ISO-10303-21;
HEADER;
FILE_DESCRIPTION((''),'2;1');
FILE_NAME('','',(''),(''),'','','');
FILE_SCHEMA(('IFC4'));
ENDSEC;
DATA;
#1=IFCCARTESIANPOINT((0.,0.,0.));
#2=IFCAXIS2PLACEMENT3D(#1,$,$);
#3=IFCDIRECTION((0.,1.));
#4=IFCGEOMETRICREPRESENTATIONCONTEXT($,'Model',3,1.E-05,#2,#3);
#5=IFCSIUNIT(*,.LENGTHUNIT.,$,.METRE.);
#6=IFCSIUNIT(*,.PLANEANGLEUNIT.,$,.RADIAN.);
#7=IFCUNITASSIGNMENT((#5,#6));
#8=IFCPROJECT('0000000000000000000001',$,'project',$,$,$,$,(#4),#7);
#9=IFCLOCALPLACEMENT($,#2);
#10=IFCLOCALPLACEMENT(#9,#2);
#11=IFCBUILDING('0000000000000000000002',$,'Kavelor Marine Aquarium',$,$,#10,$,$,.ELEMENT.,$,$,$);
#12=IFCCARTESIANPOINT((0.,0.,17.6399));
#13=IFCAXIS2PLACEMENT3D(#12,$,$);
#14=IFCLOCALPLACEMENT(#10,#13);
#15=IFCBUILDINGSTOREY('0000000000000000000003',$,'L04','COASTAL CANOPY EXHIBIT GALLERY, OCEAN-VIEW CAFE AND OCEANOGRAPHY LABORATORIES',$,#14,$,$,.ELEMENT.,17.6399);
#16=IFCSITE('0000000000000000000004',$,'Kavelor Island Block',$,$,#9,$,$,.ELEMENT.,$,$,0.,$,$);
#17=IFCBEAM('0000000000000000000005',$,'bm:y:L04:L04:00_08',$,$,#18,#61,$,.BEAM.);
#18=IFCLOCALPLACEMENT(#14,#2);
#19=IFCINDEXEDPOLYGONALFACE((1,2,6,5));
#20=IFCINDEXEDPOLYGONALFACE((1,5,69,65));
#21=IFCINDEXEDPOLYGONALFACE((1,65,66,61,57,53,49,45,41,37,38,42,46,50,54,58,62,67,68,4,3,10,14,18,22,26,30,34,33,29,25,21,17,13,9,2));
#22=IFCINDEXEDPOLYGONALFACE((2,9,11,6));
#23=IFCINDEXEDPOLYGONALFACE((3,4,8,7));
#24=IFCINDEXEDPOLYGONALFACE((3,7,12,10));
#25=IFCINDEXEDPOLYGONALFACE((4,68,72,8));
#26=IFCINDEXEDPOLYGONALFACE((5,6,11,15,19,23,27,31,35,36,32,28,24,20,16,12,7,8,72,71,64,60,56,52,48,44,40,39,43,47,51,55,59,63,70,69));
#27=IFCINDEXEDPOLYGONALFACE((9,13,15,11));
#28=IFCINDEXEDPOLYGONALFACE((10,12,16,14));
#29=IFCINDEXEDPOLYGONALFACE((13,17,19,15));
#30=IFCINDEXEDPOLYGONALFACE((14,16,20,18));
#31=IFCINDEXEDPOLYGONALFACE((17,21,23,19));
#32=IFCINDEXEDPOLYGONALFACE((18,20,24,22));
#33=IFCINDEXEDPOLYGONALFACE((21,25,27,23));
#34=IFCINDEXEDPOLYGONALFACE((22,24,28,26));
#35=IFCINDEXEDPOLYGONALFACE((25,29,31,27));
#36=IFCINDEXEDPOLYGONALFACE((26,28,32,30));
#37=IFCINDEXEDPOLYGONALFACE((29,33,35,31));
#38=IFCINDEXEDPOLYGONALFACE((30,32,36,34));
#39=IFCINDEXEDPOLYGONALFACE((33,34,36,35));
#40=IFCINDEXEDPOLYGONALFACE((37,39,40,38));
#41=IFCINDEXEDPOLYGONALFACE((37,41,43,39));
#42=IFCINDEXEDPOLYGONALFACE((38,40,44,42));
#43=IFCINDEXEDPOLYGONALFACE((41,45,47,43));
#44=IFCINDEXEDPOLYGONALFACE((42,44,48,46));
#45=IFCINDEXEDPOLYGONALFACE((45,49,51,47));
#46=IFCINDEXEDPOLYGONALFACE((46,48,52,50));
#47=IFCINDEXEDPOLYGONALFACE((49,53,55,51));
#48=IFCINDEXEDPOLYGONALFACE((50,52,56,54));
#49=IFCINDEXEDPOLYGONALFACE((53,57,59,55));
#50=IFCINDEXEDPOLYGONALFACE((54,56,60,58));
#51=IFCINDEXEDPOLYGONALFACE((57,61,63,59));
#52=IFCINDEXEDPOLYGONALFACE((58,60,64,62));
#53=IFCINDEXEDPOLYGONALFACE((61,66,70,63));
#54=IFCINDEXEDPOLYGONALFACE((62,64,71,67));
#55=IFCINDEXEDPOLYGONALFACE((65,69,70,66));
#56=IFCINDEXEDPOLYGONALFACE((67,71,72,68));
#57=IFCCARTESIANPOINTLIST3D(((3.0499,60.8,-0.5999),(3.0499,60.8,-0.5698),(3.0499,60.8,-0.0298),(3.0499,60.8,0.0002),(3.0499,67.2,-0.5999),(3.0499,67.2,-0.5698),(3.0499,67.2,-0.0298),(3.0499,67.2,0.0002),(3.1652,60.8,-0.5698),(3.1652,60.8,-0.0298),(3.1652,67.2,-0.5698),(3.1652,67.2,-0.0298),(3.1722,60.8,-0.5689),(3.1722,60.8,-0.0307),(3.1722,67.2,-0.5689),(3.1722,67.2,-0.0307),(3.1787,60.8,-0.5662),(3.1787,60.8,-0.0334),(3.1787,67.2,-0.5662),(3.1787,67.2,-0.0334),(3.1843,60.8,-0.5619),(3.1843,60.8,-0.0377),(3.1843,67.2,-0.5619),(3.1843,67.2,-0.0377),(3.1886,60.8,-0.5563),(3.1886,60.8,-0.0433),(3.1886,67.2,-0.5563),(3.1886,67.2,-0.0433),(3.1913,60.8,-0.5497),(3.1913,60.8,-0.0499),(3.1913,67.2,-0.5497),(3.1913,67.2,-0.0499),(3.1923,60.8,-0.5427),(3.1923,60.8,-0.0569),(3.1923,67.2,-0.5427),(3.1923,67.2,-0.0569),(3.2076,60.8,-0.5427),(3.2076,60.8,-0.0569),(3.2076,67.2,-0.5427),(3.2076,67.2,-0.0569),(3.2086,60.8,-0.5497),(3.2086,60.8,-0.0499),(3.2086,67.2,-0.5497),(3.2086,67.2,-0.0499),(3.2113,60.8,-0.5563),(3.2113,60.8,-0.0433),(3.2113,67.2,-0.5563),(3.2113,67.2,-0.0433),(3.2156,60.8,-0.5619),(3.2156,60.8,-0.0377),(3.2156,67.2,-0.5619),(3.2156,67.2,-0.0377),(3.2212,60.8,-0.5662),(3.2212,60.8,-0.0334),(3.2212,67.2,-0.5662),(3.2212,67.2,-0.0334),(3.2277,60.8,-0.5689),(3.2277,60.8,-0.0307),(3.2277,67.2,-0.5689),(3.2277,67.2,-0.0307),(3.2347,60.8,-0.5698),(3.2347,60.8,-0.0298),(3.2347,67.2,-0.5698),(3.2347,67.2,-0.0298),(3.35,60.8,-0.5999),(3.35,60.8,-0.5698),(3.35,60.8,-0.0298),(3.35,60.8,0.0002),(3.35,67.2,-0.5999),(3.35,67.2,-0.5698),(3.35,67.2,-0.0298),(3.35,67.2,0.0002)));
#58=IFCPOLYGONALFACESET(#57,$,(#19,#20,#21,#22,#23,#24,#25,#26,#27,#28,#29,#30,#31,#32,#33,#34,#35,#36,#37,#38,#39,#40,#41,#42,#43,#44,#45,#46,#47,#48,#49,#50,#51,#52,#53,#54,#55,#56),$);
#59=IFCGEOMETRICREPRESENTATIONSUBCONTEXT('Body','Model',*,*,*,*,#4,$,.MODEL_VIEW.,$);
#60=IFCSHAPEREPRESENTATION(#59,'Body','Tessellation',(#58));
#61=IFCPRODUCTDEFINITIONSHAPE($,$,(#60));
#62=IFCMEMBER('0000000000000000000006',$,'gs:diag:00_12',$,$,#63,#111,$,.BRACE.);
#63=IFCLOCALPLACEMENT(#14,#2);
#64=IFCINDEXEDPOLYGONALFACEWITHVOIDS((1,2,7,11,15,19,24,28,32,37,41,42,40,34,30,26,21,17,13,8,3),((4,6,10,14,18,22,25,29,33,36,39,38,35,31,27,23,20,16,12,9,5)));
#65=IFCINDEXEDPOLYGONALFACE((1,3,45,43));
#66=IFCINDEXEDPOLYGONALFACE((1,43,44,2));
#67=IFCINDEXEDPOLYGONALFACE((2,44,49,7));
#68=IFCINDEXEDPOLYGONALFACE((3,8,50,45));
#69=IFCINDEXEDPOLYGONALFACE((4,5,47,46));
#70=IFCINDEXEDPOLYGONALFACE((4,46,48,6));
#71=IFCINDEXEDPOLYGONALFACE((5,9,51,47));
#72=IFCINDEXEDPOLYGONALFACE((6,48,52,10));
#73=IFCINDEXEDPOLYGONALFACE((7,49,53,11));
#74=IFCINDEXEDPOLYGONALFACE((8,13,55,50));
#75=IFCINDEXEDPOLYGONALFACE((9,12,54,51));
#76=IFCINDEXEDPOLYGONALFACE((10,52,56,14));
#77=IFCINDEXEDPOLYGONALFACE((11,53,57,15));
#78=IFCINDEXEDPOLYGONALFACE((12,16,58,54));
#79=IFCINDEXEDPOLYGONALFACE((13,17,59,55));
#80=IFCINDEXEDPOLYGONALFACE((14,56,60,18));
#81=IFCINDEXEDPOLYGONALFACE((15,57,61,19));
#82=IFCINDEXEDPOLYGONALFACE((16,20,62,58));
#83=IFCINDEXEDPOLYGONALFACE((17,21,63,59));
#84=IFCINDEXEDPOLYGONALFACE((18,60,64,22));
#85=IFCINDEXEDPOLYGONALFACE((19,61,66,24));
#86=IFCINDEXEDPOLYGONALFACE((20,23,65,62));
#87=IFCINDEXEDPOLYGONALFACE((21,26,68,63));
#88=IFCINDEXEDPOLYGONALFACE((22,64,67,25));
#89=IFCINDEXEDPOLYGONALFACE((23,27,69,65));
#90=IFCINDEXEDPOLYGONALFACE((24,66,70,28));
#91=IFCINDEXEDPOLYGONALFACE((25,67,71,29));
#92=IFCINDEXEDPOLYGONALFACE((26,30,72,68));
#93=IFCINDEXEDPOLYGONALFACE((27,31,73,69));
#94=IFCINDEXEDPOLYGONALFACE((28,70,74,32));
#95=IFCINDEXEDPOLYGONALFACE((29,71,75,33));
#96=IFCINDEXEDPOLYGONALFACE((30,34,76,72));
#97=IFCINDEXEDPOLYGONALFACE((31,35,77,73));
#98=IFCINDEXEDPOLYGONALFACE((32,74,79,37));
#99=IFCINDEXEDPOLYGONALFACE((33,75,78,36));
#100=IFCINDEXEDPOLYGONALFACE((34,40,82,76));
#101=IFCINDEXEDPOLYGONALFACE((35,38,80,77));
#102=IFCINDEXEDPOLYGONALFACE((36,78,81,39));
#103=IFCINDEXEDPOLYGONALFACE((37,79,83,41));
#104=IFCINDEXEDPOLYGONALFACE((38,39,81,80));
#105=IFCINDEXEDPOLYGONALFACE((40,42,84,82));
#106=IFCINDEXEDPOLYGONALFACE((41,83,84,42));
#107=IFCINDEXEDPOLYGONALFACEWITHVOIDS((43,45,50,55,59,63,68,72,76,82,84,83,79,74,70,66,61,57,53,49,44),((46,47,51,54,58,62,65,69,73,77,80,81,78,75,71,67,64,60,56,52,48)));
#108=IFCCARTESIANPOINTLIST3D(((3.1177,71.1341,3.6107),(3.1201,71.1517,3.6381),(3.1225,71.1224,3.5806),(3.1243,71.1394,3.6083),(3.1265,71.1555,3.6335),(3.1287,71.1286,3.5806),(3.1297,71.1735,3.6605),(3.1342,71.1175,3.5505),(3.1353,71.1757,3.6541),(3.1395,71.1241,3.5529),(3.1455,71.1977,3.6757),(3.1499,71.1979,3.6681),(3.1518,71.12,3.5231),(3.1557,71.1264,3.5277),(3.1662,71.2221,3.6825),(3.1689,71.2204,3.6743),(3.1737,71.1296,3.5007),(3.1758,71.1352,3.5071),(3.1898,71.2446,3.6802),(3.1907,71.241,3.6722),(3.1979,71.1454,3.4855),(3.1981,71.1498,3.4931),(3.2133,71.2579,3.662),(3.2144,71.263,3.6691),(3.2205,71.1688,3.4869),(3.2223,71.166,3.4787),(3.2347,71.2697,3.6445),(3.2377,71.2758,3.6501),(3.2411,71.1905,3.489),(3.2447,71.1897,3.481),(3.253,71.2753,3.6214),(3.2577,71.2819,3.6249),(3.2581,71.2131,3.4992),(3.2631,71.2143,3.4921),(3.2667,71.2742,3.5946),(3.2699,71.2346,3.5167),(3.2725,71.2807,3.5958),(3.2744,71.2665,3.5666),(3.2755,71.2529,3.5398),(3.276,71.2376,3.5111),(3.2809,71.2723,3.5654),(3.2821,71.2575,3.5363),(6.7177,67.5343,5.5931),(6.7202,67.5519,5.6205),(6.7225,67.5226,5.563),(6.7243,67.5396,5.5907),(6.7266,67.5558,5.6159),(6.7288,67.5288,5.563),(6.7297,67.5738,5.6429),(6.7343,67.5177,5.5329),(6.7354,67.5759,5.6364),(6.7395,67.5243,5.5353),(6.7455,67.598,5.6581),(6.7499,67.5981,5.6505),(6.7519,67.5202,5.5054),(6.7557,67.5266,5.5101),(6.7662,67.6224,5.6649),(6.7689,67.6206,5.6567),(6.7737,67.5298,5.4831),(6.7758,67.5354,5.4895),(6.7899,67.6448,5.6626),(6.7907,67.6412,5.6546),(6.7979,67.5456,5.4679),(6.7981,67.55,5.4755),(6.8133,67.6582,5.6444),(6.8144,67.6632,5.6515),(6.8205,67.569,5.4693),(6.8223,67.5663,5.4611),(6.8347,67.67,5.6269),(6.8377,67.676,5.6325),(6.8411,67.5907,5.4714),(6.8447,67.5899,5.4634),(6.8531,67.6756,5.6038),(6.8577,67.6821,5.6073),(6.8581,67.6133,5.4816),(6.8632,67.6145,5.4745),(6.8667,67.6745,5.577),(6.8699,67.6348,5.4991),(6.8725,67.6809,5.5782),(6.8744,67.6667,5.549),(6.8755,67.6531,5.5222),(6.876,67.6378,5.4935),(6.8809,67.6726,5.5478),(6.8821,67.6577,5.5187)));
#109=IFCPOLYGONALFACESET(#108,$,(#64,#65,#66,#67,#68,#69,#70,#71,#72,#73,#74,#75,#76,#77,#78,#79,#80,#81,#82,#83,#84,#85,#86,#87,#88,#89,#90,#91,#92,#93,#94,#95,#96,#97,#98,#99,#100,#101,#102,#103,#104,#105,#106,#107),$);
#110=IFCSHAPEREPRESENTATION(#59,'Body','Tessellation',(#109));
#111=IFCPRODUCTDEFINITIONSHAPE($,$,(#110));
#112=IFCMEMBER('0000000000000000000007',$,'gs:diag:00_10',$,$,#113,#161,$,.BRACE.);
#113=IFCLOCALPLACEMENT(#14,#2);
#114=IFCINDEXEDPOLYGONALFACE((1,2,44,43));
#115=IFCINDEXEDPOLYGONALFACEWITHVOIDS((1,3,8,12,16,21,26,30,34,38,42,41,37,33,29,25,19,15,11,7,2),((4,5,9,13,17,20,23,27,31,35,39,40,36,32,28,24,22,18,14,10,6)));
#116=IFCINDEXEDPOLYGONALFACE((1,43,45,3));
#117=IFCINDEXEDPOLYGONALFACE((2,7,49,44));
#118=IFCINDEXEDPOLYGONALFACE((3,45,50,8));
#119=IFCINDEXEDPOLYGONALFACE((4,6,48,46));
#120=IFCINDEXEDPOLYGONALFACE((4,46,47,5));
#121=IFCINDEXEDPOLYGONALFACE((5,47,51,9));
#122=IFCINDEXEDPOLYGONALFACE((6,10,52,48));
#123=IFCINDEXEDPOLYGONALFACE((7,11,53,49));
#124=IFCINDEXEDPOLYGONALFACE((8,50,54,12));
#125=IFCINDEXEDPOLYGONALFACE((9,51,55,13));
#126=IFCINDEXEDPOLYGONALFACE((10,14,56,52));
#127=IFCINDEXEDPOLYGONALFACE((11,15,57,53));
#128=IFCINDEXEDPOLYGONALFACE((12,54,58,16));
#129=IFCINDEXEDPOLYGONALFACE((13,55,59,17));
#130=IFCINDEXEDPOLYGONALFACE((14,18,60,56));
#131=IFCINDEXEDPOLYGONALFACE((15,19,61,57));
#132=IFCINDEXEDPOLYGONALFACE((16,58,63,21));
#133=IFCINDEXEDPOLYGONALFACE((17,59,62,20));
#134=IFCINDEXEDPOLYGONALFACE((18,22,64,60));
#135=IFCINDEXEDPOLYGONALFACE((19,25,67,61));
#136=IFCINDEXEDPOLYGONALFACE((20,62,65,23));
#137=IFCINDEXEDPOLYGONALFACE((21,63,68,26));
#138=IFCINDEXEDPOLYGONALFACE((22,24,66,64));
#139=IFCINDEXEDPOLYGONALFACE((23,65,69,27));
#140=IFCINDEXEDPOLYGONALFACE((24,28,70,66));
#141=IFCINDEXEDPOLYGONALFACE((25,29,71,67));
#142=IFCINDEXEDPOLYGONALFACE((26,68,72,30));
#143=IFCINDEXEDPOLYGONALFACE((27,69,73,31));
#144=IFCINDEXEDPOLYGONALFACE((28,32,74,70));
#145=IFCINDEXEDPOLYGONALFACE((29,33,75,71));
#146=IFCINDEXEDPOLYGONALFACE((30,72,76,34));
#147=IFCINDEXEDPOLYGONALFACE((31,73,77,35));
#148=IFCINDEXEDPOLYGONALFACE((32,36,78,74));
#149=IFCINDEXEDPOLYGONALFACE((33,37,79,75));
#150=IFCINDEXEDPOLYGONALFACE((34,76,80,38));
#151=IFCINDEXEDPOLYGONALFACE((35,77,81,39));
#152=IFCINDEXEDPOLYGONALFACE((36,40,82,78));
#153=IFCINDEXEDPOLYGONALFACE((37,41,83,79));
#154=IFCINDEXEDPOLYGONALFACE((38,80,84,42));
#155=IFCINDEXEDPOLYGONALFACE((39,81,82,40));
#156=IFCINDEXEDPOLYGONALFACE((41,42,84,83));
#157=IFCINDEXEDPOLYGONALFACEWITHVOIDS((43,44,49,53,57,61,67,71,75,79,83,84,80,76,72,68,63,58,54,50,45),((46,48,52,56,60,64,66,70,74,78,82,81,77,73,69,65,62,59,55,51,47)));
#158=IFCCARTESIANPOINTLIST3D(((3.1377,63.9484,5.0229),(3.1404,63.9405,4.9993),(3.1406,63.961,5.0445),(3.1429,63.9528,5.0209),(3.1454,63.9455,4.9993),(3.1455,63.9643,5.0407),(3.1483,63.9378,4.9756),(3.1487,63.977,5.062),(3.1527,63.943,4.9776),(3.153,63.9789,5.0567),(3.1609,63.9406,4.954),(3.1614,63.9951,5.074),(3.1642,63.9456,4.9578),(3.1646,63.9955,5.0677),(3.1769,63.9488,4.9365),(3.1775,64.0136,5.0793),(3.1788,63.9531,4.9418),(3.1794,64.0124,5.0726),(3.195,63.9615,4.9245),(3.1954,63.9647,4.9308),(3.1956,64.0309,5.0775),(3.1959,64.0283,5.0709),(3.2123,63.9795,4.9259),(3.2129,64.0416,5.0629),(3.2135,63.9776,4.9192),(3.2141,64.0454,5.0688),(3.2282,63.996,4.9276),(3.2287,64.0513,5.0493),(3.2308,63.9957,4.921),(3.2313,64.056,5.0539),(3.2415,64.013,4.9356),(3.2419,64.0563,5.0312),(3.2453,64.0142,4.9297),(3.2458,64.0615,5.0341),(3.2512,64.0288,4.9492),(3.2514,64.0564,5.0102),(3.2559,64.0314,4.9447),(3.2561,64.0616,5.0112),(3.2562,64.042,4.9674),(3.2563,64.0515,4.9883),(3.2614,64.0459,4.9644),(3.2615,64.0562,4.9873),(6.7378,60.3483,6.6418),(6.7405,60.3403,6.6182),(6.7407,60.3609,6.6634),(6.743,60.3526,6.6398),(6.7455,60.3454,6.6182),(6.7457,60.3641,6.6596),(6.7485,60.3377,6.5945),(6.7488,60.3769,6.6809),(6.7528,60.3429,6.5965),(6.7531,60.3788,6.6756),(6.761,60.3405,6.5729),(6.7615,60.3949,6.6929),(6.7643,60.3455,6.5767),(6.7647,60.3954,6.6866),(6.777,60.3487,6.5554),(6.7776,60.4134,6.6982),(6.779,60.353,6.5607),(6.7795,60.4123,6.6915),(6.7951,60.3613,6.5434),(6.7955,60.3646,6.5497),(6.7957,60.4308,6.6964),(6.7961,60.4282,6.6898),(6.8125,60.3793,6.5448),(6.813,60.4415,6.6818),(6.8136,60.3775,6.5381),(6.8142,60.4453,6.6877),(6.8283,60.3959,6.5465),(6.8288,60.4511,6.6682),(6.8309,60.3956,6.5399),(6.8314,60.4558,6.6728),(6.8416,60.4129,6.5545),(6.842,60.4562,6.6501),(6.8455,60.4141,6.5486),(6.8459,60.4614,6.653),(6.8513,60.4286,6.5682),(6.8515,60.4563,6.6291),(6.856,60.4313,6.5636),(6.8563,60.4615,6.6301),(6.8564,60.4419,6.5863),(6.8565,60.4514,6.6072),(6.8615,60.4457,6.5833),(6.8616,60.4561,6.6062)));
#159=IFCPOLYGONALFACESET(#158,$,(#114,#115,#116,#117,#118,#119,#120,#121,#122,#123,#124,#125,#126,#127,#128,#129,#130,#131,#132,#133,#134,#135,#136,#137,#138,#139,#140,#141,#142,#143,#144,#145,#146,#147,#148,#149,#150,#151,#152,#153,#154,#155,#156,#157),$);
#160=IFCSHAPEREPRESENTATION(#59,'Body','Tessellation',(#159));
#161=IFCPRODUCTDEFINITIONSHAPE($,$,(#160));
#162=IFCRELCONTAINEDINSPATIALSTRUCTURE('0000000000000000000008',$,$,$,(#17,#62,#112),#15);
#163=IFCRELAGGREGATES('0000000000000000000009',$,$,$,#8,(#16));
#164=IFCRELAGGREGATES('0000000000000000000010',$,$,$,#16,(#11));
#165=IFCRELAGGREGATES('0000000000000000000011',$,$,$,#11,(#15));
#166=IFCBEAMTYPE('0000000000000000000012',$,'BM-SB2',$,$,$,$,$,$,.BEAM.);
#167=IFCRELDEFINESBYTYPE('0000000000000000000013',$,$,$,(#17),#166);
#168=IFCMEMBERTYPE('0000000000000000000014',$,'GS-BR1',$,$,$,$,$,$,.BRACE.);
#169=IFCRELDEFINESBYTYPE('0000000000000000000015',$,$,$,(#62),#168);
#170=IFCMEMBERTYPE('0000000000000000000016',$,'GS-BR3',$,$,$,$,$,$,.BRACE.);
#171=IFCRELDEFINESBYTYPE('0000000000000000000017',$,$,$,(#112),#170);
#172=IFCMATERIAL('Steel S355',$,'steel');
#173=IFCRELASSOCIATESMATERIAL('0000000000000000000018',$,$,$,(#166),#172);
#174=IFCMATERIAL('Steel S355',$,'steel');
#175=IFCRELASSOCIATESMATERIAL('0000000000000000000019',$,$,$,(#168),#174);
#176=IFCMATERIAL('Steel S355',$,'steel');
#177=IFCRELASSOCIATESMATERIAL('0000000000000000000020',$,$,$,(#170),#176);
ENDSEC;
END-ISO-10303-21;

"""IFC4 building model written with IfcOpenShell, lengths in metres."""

from ifc_helpers import new_model, si_unit, direction, frame, origin, origin_2d, place, context, subcontext, project, spatial, hollow_circle, i_section, extrude, material, material_profile, profile_set, type_object, element, save


model = new_model("IFC4")

# Units and contexts
model_context = context("Model", 3, precision=1e-05, world=origin(), true_north=direction((0.0, 1.0)))
body_context = subcontext(model_context, "Body", "Model", "MODEL_VIEW")
ifc_project = project(units=[si_unit("LENGTHUNIT", "METRE"), si_unit("PLANEANGLEUNIT", "RADIAN")], contexts=[model_context])

# Site, building, storey
site_placement = place(None, origin())
site = spatial("IfcSite", under=ifc_project, at=site_placement, Name="Kavelor Island Block", CompositionType="ELEMENT", RefElevation=0.0)
building_placement = place(site_placement, origin())
building = spatial("IfcBuilding", under=site, at=building_placement, Name="Kavelor Marine Aquarium", CompositionType="ELEMENT")
storey_placement = place(building_placement, frame((0.0, 0.0, 17.6399)))
storey = spatial("IfcBuildingStorey", under=building, at=storey_placement, Name="L04", Description="COASTAL CANOPY EXHIBIT GALLERY, OCEAN-VIEW CAFE AND OCEANOGRAPHY LABORATORIES", CompositionType="ELEMENT", Elevation=17.6399)

# Beam
ifc_material_1 = material(Name="Steel S355", Category="steel")
ifc_material_profile_1 = material_profile(ifc_material_1, i_section(OverallWidth=0.3, OverallDepth=0.6001, WebThickness=0.0154, FlangeThickness=0.03, FilletRadius=0.0271, at=origin_2d()), Name="HEB 600")
ifc_profile_set_1 = profile_set([ifc_material_profile_1], Name="Steel S355")
beam_type = type_object("IfcBeamType", Name="BM-SB2", PredefinedType="BEAM", material=ifc_profile_set_1)
beam_placement = place(storey_placement, frame((3.2, 60.8, -0.2998), z_axis=(0.0, 1.0, 0.0), x_axis=(-1.0, 0.0, 0.0)))
element("IfcBeam", 1, at=beam_placement, inside=storey, type_object=beam_type, Name="bm:y:L04:L04:00_08", PredefinedType="BEAM", context=body_context, shape_type="SweptSolid", body=[
    extrude(i_section(OverallWidth=0.3, OverallDepth=0.6001, WebThickness=0.0154, FlangeThickness=0.03, FilletRadius=0.0271, at=origin_2d()), origin(), (0.0, 0.0, 1.0), 6.3999),
])

# Members
ifc_material_2 = material(Name="Steel S355", Category="steel")
ifc_material_profile_2 = material_profile(ifc_material_2, hollow_circle(Radius=0.1096, WallThickness=0.0088, at=origin_2d()), Name="CHS 219.1x8.8")
ifc_profile_set_2 = profile_set([ifc_material_profile_2], Name="Steel S355")
member_type_1 = type_object("IfcMemberType", Name="GS-BR1", PredefinedType="BRACE", material=ifc_profile_set_2)
member_1_placement = place(storey_placement, frame((6.8, 67.6001, 5.563), z_axis=(-0.658938, 0.658894, -0.362849), x_axis=(-0.707083, -0.707131, 0.0)))
element("IfcMember", 2, at=member_1_placement, inside=storey, type_object=member_type_1, Name="gs:diag:00_12", PredefinedType="BRACE", context=body_context, shape_type="SweptSolid", body=[
    extrude(hollow_circle(Radius=0.1096, WallThickness=0.0088, at=origin_2d()), origin(), (0.0, 0.0, 1.0), 5.4634),
])
ifc_material_3 = material(Name="Steel S355", Category="steel")
ifc_material_profile_3 = material_profile(ifc_material_3, hollow_circle(Radius=0.0842, WallThickness=0.0071, at=origin_2d()), Name="CHS 168.3x7.1")
ifc_profile_set_3 = profile_set([ifc_material_profile_3], Name="Steel S355")
member_type_2 = type_object("IfcMemberType", Name="GS-BR3", PredefinedType="BRACE", material=ifc_profile_set_3)
member_2_placement = place(storey_placement, frame((6.8, 60.3999, 6.6182), z_axis=(-0.673861, 0.673861, -0.303023), x_axis=(-0.707107, -0.707107, 0.0)))
element("IfcMember", 3, at=member_2_placement, inside=storey, type_object=member_type_2, Name="gs:diag:00_10", PredefinedType="BRACE", context=body_context, shape_type="SweptSolid", body=[
    extrude(hollow_circle(Radius=0.0842, WallThickness=0.0071, at=origin_2d()), origin(), (0.0, 0.0, 1.0), 5.3425),
])

save(model, "model.ifc")
